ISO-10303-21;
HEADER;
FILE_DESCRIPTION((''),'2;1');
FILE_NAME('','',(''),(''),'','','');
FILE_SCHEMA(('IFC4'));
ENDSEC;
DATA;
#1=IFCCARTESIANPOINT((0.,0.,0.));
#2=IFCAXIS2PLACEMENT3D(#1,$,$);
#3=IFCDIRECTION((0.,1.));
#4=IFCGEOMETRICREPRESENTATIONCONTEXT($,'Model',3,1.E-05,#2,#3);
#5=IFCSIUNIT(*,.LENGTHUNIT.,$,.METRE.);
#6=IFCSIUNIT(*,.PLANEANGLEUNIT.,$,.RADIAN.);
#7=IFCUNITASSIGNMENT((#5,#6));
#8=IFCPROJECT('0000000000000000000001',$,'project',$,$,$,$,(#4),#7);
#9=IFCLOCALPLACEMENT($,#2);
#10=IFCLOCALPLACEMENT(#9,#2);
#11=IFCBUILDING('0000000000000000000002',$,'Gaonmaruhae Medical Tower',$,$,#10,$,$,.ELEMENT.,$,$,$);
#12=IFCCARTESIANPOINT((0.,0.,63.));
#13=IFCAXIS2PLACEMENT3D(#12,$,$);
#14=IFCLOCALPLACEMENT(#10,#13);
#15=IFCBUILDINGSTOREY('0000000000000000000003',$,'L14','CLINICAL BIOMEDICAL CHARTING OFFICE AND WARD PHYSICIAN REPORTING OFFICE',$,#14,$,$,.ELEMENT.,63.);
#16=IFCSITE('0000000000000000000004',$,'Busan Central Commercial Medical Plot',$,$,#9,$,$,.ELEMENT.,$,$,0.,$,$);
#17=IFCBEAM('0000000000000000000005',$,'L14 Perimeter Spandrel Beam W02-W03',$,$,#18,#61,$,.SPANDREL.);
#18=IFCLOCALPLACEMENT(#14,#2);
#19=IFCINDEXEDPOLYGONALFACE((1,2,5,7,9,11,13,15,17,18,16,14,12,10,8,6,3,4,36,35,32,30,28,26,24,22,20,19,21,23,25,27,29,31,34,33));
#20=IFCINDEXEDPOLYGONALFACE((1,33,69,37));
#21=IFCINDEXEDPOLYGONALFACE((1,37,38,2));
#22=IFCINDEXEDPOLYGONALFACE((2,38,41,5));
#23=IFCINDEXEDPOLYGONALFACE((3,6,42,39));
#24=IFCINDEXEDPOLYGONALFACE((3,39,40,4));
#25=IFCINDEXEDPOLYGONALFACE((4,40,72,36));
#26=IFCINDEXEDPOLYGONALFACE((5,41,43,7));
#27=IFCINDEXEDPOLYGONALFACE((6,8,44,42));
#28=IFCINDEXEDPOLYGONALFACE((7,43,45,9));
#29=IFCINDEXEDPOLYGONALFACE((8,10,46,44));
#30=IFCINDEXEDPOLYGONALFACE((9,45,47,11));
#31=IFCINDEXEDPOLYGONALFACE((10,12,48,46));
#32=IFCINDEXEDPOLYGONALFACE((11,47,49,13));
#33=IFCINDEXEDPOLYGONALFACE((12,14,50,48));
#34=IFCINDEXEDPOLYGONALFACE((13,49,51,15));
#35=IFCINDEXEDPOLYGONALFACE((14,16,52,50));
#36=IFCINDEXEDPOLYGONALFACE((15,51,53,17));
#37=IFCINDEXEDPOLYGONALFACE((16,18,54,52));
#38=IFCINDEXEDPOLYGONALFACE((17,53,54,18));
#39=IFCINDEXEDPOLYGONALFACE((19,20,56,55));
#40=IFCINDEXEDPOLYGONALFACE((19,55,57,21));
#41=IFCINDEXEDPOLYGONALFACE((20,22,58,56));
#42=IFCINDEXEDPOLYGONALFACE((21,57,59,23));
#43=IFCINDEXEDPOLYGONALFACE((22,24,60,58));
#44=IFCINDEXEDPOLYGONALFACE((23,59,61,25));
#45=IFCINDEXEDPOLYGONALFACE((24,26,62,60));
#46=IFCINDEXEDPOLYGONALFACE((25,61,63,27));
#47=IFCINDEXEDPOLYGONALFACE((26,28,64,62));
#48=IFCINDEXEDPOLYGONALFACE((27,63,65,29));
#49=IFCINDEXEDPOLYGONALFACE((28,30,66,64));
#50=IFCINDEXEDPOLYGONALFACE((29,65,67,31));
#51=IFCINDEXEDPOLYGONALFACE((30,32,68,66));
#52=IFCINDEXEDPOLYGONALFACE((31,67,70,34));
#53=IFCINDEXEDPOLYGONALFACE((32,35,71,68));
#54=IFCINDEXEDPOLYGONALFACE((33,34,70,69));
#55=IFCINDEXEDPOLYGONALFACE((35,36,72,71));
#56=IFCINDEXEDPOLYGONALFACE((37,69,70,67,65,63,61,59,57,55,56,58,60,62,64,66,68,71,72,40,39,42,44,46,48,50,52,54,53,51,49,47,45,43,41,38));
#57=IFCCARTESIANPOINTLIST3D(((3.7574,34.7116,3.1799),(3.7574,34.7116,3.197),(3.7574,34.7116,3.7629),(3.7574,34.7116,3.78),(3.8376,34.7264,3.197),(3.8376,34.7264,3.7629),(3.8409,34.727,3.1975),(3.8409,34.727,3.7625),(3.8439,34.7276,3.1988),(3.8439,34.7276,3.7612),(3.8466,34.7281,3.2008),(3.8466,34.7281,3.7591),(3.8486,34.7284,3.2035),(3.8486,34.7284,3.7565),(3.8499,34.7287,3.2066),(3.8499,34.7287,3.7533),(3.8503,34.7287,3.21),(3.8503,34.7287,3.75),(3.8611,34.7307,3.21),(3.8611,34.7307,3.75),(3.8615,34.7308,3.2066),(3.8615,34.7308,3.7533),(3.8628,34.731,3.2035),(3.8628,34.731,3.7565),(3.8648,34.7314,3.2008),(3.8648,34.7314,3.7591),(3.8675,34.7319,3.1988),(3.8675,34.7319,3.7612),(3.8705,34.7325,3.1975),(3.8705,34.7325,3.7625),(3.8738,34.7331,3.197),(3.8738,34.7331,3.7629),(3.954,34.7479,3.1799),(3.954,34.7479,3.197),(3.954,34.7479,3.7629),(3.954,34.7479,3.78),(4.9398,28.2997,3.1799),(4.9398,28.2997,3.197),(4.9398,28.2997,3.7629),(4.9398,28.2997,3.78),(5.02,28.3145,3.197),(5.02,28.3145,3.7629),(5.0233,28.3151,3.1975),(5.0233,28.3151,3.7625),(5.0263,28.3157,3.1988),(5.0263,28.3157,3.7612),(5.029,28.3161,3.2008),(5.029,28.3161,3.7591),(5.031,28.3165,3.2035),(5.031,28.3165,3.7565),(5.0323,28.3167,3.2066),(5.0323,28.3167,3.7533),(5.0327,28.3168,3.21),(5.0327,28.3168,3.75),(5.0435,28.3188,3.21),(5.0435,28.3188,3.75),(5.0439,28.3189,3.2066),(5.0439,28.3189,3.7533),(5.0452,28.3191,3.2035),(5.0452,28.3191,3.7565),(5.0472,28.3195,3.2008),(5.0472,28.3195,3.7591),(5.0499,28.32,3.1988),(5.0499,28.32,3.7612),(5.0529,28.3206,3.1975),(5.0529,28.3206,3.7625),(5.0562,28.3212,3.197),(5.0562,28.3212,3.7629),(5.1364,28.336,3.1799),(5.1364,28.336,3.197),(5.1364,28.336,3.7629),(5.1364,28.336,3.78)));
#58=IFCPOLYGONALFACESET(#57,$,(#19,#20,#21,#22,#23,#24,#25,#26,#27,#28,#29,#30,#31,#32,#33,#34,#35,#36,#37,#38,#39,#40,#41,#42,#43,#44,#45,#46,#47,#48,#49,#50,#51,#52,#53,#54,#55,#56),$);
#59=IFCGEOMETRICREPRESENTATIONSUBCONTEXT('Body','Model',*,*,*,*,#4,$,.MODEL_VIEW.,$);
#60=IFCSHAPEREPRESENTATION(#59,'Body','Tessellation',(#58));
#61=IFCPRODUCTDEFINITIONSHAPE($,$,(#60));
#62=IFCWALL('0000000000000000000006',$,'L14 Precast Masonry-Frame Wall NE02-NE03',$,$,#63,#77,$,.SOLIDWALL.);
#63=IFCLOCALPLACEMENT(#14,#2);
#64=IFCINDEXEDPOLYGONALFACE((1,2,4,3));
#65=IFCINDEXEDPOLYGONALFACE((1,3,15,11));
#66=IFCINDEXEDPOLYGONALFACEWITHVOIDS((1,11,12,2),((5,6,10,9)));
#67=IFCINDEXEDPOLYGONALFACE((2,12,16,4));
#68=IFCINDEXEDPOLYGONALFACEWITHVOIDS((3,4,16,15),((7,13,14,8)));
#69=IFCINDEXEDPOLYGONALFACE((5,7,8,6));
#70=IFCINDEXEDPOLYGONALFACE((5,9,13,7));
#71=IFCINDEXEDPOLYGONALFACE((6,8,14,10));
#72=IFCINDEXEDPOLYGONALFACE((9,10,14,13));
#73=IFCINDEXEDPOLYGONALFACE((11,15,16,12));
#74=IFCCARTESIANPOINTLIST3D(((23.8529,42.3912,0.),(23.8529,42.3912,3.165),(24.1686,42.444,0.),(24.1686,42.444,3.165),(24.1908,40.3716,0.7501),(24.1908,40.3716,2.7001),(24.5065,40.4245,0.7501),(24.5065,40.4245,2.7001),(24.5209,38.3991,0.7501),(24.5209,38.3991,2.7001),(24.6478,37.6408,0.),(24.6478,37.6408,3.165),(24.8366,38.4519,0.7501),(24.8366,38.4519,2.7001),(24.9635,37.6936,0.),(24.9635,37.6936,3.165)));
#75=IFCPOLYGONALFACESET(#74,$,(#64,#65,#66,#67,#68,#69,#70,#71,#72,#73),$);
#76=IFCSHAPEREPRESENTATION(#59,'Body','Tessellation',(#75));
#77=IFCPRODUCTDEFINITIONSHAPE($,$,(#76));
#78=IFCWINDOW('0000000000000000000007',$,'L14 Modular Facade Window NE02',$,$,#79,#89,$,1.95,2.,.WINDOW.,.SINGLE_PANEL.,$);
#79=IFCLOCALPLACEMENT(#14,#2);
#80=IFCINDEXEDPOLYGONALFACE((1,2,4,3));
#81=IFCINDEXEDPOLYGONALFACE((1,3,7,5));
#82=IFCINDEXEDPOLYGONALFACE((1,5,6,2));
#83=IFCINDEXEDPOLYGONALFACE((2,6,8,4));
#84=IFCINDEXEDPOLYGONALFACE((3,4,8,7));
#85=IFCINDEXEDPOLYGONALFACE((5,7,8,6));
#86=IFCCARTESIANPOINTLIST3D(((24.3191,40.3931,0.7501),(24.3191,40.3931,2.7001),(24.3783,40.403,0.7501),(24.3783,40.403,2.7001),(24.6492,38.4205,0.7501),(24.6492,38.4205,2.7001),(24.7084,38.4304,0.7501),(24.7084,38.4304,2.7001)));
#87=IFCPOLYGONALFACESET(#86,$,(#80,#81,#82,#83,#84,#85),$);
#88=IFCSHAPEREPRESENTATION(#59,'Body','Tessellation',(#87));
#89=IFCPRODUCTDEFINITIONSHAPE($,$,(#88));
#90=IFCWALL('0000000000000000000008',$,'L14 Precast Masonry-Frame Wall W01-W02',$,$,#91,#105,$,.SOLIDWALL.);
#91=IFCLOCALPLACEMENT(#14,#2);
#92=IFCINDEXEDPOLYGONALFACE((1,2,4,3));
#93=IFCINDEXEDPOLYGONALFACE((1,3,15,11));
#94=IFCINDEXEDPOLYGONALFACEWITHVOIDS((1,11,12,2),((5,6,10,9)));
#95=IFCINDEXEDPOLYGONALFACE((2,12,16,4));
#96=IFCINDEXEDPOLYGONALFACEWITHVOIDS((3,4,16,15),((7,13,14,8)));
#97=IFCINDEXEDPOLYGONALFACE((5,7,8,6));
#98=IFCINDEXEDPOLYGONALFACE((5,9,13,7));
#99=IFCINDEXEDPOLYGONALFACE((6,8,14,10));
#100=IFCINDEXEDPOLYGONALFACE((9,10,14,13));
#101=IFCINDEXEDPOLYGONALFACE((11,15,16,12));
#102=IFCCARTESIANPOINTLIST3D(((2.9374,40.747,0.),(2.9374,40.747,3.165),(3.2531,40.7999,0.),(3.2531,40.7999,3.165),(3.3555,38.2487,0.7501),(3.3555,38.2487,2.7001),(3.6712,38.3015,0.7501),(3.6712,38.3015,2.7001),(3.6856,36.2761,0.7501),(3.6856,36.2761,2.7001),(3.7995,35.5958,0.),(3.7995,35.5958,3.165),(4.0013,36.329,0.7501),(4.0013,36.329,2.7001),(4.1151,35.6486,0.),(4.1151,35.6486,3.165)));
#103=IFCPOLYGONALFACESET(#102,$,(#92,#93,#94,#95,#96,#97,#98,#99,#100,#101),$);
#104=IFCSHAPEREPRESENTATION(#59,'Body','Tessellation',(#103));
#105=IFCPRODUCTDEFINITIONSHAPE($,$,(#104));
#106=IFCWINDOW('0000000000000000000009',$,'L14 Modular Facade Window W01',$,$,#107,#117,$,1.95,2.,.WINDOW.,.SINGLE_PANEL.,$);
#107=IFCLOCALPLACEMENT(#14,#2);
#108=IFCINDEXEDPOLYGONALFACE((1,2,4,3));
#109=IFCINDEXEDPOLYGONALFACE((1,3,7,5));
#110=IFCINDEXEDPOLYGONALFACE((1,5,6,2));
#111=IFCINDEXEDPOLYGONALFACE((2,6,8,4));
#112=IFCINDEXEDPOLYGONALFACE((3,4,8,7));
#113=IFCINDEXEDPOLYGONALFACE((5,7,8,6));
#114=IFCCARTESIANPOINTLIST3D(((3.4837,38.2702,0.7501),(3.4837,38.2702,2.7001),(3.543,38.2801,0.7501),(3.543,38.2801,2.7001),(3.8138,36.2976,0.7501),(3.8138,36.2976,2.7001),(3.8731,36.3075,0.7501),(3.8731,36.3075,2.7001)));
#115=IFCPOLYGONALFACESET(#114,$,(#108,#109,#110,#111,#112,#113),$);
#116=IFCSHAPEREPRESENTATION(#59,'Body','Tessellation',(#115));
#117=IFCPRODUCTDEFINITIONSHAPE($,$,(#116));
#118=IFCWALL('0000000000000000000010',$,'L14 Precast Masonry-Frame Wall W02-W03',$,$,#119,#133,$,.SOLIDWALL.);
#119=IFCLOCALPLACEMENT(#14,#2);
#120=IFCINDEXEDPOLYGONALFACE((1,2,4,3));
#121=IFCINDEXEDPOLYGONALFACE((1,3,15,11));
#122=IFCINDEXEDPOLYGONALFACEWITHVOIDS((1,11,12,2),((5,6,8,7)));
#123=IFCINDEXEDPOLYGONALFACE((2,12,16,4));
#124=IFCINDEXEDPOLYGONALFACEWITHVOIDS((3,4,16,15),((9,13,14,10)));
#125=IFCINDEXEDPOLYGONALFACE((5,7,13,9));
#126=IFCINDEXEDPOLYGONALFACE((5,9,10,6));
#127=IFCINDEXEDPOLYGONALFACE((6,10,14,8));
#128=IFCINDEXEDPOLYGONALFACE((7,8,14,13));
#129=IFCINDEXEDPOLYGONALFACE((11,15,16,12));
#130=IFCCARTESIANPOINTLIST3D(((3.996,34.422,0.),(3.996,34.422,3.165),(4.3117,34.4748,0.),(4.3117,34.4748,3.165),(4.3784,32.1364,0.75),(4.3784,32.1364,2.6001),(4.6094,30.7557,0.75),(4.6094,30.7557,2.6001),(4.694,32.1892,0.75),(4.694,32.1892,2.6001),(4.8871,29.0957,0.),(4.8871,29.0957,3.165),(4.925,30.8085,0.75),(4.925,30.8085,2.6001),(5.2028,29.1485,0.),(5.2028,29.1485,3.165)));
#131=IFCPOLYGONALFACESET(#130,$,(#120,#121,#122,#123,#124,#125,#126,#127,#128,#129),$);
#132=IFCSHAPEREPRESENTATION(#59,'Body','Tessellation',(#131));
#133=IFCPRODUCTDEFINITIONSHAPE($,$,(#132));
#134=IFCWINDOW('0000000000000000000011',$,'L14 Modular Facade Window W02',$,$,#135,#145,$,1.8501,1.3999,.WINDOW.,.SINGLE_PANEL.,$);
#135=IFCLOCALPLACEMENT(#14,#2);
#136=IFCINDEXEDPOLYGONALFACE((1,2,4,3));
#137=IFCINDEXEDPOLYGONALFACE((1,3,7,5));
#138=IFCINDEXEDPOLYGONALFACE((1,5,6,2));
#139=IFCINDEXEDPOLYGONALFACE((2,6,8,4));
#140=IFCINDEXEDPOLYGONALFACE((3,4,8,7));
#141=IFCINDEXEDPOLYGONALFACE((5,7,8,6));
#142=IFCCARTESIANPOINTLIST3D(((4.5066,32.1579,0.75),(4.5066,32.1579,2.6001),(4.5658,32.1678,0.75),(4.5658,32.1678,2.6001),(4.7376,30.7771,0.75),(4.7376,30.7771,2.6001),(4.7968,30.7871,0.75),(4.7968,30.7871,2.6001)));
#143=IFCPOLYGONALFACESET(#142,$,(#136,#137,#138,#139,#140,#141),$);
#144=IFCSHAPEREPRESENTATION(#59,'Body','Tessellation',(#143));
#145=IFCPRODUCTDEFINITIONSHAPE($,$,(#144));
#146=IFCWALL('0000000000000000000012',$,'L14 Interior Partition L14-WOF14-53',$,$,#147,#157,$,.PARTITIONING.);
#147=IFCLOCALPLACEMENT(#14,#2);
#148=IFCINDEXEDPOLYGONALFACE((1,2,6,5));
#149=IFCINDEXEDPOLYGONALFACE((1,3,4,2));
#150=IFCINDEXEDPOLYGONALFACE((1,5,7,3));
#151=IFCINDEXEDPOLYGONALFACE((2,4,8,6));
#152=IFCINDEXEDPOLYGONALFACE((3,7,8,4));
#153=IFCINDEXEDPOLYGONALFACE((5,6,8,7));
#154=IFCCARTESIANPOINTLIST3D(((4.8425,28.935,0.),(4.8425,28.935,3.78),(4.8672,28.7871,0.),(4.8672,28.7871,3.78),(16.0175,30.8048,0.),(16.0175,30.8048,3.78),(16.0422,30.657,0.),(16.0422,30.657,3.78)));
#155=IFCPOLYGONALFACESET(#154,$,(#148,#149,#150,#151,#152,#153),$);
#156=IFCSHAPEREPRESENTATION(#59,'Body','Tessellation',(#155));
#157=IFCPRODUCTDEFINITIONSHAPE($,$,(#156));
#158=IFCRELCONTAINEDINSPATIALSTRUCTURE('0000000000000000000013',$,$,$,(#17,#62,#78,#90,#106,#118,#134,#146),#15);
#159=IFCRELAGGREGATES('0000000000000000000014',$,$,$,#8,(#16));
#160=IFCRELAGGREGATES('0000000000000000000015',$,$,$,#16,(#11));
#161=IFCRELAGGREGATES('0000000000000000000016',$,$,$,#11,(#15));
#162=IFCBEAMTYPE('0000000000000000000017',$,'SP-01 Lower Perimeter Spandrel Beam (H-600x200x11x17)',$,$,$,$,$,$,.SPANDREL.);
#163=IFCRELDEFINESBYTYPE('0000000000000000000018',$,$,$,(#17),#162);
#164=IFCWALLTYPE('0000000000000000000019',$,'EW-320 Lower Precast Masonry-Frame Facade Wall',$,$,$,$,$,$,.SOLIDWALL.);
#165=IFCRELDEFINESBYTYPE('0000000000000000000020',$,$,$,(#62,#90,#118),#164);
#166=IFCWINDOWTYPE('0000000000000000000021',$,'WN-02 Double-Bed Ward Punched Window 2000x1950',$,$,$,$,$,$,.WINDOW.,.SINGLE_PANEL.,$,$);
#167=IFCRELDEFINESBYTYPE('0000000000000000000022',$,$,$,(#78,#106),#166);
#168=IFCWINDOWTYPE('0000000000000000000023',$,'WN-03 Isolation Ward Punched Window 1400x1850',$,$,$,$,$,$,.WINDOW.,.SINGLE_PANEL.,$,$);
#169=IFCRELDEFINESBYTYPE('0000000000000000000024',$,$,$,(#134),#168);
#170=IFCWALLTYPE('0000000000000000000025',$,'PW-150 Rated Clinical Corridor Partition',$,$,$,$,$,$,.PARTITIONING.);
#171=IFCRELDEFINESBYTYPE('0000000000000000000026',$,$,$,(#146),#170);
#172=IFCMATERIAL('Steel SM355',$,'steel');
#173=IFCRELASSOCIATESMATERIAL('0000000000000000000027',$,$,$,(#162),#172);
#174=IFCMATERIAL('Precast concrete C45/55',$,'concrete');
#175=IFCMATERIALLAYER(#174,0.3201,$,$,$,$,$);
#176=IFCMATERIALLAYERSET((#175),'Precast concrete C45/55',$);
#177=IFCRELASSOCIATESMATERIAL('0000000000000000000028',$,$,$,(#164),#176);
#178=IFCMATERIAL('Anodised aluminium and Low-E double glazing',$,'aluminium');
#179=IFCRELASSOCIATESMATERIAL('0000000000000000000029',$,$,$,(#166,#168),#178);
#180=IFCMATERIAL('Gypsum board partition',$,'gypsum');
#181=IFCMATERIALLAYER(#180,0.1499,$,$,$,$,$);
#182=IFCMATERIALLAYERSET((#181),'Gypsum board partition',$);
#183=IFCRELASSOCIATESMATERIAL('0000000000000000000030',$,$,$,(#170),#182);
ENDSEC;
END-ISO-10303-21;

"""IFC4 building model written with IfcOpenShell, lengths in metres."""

from ifc_helpers import new_model, si_unit, direction, frame, frame_2d, origin, origin_2d, place, context, subcontext, project, spatial, rectangle, i_section, extrude, material, layer, layer_set, material_profile, profile_set, type_object, element, fill, save


model = new_model("IFC4")

# Units and contexts
model_context = context("Model", 3, precision=1e-05, world=origin(), true_north=direction((0.0, 1.0)))
body_context = subcontext(model_context, "Body", "Model", "MODEL_VIEW")
ifc_project = project(units=[si_unit("LENGTHUNIT", "METRE"), si_unit("PLANEANGLEUNIT", "RADIAN")], contexts=[model_context])

# Site, building, storey
site_placement = place(None, origin())
site = spatial("IfcSite", under=ifc_project, at=site_placement, Name="Busan Central Commercial Medical Plot", CompositionType="ELEMENT", RefElevation=0.0)
building_placement = place(site_placement, origin())
building = spatial("IfcBuilding", under=site, at=building_placement, Name="Gaonmaruhae Medical Tower", CompositionType="ELEMENT")
storey_placement = place(building_placement, frame((0.0, 0.0, 63.0)))
storey = spatial("IfcBuildingStorey", under=building, at=storey_placement, Name="L14", Description="CLINICAL BIOMEDICAL CHARTING OFFICE AND WARD PHYSICIAN REPORTING OFFICE", CompositionType="ELEMENT", Elevation=63.0)

# Beam
ifc_material_1 = material(Name="Steel SM355", Category="steel")
ifc_material_profile_1 = material_profile(ifc_material_1, i_section(OverallWidth=0.2, OverallDepth=0.6001, WebThickness=0.011, FlangeThickness=0.0171, FilletRadius=0.0129, at=origin_2d()), Name="H-600x200x11x17")
ifc_profile_set_1 = profile_set([ifc_material_profile_1], Name="Steel SM355")
beam_type_1 = type_object("IfcBeamType", Name="SP-01 Lower Perimeter Spandrel Beam (H-600x200x11x17)", PredefinedType="SPANDREL", material=ifc_profile_set_1)
beam_1_placement = place(storey_placement, frame((3.8557, 34.7297, 3.48), z_axis=(0.181346, -0.983419, 0.0), x_axis=(0.983419, 0.181346, 0.0)))
element("IfcBeam", 1, at=beam_1_placement, inside=storey, type_object=beam_type_1, Name="L14 Perimeter Spandrel Beam W02-W03", PredefinedType="SPANDREL", context=body_context, shape_type="SweptSolid", body=[
    extrude(i_section(OverallWidth=0.2, OverallDepth=0.6001, WebThickness=0.011, FlangeThickness=0.0171, FilletRadius=0.0129, at=origin_2d()), origin(), (0.0, 0.0, 1.0), 6.52),
])

# Walls, openings, windows
ifc_material_2 = material(Name="Precast concrete C45/55", Category="concrete")
ifc_layer_1 = layer(ifc_material_2, 0.3201)
ifc_layer_set_1 = layer_set([ifc_layer_1], Name="Precast concrete C45/55")
wall_type_1 = type_object("IfcWallType", Name="EW-320 Lower Precast Masonry-Frame Facade Wall", PredefinedType="SOLIDWALL", material=ifc_layer_set_1)
wall_1_placement = place(storey_placement, frame((24.8057, 37.6672, 0.0), z_axis=(0.0, 0.0, 1.0), x_axis=(-0.165048, 0.986285, 0.0)))
wall_1 = element("IfcWall", 2, at=wall_1_placement, inside=storey, type_object=wall_type_1, Name="L14 Precast Masonry-Frame Wall NE02-NE03", PredefinedType="SOLIDWALL", context=body_context, shape_type="SweptSolid", body=[
    extrude(rectangle(XDim=4.8164, YDim=0.3201, at=frame_2d((2.4082, 0.0))), origin(), (0.0, 0.0, 1.0), 3.165),
])
opening_1_placement = place(wall_1_placement, frame((0.7688, 0.0, 0.75)))
opening_1 = element("IfcOpeningElement", 3, at=opening_1_placement, cuts=wall_1, PredefinedType="OPENING", context=body_context, shape_type="SweptSolid", body=[
    extrude(rectangle(XDim=2.0, YDim=1.95, at=frame_2d((1.0, 0.9751))), frame((0.0, 0.1699, 0.0), z_axis=(0.0, -1.0, 0.0), x_axis=(1.0, 0.0, 0.0)), (0.0, 0.0, 1.0), 0.3401),
])
ifc_material_3 = material(Name="Anodised aluminium and Low-E double glazing", Category="aluminium")
window_type_1 = type_object("IfcWindowType", Name="WN-02 Double-Bed Ward Punched Window 2000x1950", PartitioningType="SINGLE_PANEL", PredefinedType="WINDOW", material=ifc_material_3)
window_1_placement = place(opening_1_placement, origin())
window_1 = element("IfcWindow", 4, at=window_1_placement, inside=storey, type_object=window_type_1, Name="L14 Modular Facade Window NE02", OverallHeight=1.95, OverallWidth=2.0, PartitioningType="SINGLE_PANEL", PredefinedType="WINDOW", context=body_context, shape_type="SweptSolid", body=[
    extrude(rectangle(XDim=2.0, YDim=1.95, at=frame_2d((1.0, 0.9751))), frame((0.0, 0.03, 0.0), z_axis=(0.0, -1.0, 0.0), x_axis=(1.0, 0.0, 0.0)), (0.0, 0.0, 1.0), 0.0601),
])
fill(opening_1, window_1)
wall_2_placement = place(storey_placement, frame((3.9573, 35.6223, 0.0), z_axis=(0.0, 0.0, 1.0), x_axis=(-0.165051, 0.986285, 0.0)))
wall_2 = element("IfcWall", 5, at=wall_2_placement, inside=storey, type_object=wall_type_1, Name="L14 Precast Masonry-Frame Wall W01-W02", PredefinedType="SOLIDWALL", context=body_context, shape_type="SweptSolid", body=[
    extrude(rectangle(XDim=5.2229, YDim=0.3201, at=frame_2d((2.6113, 0.0))), origin(), (0.0, 0.0, 1.0), 3.165),
])
opening_2_placement = place(wall_2_placement, frame((0.6897, 0.0, 0.75)))
opening_2 = element("IfcOpeningElement", 6, at=opening_2_placement, cuts=wall_2, PredefinedType="OPENING", context=body_context, shape_type="SweptSolid", body=[
    extrude(rectangle(XDim=2.0, YDim=1.95, at=frame_2d((1.0, 0.9751))), frame((0.0, 0.1699, 0.0), z_axis=(0.0, -1.0, 0.0), x_axis=(1.0, 0.0, 0.0)), (0.0, 0.0, 1.0), 0.3401),
])
window_2_placement = place(opening_2_placement, origin())
window_2 = element("IfcWindow", 7, at=window_2_placement, inside=storey, type_object=window_type_1, Name="L14 Modular Facade Window W01", OverallHeight=1.95, OverallWidth=2.0, PartitioningType="SINGLE_PANEL", PredefinedType="WINDOW", context=body_context, shape_type="SweptSolid", body=[
    extrude(rectangle(XDim=2.0, YDim=1.95, at=frame_2d((1.0, 0.9751))), frame((0.0, 0.03, 0.0), z_axis=(0.0, -1.0, 0.0), x_axis=(1.0, 0.0, 0.0)), (0.0, 0.0, 1.0), 0.0601),
])
fill(opening_2, window_2)
wall_3_placement = place(storey_placement, frame((5.0449, 29.1221, 0.0), z_axis=(0.0, 0.0, 1.0), x_axis=(-0.165007, 0.986292, 0.0)))
wall_3 = element("IfcWall", 8, at=wall_3_placement, inside=storey, type_object=wall_type_1, Name="L14 Precast Masonry-Frame Wall W02-W03", PredefinedType="SOLIDWALL", context=body_context, shape_type="SweptSolid", body=[
    extrude(rectangle(XDim=5.4004, YDim=0.3201, at=frame_2d((2.7002, 0.0))), origin(), (0.0, 0.0, 1.0), 3.165),
])
opening_3_placement = place(wall_3_placement, frame((1.6831, 0.0, 0.75)))
opening_3 = element("IfcOpeningElement", 9, at=opening_3_placement, cuts=wall_3, PredefinedType="OPENING", context=body_context, shape_type="SweptSolid", body=[
    extrude(rectangle(XDim=1.3999, YDim=1.8501, at=frame_2d((0.7, 0.925))), frame((0.0, 0.1699, 0.0), z_axis=(0.0, -1.0, 0.0), x_axis=(1.0, 0.0, 0.0)), (0.0, 0.0, 1.0), 0.3401),
])
window_type_2 = type_object("IfcWindowType", Name="WN-03 Isolation Ward Punched Window 1400x1850", PartitioningType="SINGLE_PANEL", PredefinedType="WINDOW", material=ifc_material_3)
window_3_placement = place(opening_3_placement, origin())
window_3 = element("IfcWindow", 10, at=window_3_placement, inside=storey, type_object=window_type_2, Name="L14 Modular Facade Window W02", OverallHeight=1.8501, OverallWidth=1.3999, PartitioningType="SINGLE_PANEL", PredefinedType="WINDOW", context=body_context, shape_type="SweptSolid", body=[
    extrude(rectangle(XDim=1.3999, YDim=1.8501, at=frame_2d((0.7, 0.925))), frame((0.0, 0.03, 0.0), z_axis=(0.0, -1.0, 0.0), x_axis=(1.0, 0.0, 0.0)), (0.0, 0.0, 1.0), 0.0601),
])
fill(opening_3, window_3)

# Wall
ifc_material_4 = material(Name="Gypsum board partition", Category="gypsum")
ifc_layer_2 = layer(ifc_material_4, 0.1499)
ifc_layer_set_2 = layer_set([ifc_layer_2], Name="Gypsum board partition")
wall_type_2 = type_object("IfcWallType", Name="PW-150 Rated Clinical Corridor Partition", PredefinedType="PARTITIONING", material=ifc_layer_set_2)
wall_4_placement = place(storey_placement, frame((4.855, 28.8611, 0.0), z_axis=(0.0, 0.0, 1.0), x_axis=(0.986288, 0.165031, 0.0)))
element("IfcWall", 11, at=wall_4_placement, inside=storey, type_object=wall_type_2, Name="L14 Interior Partition L14-WOF14-53", PredefinedType="PARTITIONING", context=body_context, shape_type="SweptSolid", body=[
    extrude(rectangle(XDim=11.3303, YDim=0.1499, at=frame_2d((5.665, 0.0))), origin(), (0.0, 0.0, 1.0), 3.78),
])

save(model, "model.ifc")
